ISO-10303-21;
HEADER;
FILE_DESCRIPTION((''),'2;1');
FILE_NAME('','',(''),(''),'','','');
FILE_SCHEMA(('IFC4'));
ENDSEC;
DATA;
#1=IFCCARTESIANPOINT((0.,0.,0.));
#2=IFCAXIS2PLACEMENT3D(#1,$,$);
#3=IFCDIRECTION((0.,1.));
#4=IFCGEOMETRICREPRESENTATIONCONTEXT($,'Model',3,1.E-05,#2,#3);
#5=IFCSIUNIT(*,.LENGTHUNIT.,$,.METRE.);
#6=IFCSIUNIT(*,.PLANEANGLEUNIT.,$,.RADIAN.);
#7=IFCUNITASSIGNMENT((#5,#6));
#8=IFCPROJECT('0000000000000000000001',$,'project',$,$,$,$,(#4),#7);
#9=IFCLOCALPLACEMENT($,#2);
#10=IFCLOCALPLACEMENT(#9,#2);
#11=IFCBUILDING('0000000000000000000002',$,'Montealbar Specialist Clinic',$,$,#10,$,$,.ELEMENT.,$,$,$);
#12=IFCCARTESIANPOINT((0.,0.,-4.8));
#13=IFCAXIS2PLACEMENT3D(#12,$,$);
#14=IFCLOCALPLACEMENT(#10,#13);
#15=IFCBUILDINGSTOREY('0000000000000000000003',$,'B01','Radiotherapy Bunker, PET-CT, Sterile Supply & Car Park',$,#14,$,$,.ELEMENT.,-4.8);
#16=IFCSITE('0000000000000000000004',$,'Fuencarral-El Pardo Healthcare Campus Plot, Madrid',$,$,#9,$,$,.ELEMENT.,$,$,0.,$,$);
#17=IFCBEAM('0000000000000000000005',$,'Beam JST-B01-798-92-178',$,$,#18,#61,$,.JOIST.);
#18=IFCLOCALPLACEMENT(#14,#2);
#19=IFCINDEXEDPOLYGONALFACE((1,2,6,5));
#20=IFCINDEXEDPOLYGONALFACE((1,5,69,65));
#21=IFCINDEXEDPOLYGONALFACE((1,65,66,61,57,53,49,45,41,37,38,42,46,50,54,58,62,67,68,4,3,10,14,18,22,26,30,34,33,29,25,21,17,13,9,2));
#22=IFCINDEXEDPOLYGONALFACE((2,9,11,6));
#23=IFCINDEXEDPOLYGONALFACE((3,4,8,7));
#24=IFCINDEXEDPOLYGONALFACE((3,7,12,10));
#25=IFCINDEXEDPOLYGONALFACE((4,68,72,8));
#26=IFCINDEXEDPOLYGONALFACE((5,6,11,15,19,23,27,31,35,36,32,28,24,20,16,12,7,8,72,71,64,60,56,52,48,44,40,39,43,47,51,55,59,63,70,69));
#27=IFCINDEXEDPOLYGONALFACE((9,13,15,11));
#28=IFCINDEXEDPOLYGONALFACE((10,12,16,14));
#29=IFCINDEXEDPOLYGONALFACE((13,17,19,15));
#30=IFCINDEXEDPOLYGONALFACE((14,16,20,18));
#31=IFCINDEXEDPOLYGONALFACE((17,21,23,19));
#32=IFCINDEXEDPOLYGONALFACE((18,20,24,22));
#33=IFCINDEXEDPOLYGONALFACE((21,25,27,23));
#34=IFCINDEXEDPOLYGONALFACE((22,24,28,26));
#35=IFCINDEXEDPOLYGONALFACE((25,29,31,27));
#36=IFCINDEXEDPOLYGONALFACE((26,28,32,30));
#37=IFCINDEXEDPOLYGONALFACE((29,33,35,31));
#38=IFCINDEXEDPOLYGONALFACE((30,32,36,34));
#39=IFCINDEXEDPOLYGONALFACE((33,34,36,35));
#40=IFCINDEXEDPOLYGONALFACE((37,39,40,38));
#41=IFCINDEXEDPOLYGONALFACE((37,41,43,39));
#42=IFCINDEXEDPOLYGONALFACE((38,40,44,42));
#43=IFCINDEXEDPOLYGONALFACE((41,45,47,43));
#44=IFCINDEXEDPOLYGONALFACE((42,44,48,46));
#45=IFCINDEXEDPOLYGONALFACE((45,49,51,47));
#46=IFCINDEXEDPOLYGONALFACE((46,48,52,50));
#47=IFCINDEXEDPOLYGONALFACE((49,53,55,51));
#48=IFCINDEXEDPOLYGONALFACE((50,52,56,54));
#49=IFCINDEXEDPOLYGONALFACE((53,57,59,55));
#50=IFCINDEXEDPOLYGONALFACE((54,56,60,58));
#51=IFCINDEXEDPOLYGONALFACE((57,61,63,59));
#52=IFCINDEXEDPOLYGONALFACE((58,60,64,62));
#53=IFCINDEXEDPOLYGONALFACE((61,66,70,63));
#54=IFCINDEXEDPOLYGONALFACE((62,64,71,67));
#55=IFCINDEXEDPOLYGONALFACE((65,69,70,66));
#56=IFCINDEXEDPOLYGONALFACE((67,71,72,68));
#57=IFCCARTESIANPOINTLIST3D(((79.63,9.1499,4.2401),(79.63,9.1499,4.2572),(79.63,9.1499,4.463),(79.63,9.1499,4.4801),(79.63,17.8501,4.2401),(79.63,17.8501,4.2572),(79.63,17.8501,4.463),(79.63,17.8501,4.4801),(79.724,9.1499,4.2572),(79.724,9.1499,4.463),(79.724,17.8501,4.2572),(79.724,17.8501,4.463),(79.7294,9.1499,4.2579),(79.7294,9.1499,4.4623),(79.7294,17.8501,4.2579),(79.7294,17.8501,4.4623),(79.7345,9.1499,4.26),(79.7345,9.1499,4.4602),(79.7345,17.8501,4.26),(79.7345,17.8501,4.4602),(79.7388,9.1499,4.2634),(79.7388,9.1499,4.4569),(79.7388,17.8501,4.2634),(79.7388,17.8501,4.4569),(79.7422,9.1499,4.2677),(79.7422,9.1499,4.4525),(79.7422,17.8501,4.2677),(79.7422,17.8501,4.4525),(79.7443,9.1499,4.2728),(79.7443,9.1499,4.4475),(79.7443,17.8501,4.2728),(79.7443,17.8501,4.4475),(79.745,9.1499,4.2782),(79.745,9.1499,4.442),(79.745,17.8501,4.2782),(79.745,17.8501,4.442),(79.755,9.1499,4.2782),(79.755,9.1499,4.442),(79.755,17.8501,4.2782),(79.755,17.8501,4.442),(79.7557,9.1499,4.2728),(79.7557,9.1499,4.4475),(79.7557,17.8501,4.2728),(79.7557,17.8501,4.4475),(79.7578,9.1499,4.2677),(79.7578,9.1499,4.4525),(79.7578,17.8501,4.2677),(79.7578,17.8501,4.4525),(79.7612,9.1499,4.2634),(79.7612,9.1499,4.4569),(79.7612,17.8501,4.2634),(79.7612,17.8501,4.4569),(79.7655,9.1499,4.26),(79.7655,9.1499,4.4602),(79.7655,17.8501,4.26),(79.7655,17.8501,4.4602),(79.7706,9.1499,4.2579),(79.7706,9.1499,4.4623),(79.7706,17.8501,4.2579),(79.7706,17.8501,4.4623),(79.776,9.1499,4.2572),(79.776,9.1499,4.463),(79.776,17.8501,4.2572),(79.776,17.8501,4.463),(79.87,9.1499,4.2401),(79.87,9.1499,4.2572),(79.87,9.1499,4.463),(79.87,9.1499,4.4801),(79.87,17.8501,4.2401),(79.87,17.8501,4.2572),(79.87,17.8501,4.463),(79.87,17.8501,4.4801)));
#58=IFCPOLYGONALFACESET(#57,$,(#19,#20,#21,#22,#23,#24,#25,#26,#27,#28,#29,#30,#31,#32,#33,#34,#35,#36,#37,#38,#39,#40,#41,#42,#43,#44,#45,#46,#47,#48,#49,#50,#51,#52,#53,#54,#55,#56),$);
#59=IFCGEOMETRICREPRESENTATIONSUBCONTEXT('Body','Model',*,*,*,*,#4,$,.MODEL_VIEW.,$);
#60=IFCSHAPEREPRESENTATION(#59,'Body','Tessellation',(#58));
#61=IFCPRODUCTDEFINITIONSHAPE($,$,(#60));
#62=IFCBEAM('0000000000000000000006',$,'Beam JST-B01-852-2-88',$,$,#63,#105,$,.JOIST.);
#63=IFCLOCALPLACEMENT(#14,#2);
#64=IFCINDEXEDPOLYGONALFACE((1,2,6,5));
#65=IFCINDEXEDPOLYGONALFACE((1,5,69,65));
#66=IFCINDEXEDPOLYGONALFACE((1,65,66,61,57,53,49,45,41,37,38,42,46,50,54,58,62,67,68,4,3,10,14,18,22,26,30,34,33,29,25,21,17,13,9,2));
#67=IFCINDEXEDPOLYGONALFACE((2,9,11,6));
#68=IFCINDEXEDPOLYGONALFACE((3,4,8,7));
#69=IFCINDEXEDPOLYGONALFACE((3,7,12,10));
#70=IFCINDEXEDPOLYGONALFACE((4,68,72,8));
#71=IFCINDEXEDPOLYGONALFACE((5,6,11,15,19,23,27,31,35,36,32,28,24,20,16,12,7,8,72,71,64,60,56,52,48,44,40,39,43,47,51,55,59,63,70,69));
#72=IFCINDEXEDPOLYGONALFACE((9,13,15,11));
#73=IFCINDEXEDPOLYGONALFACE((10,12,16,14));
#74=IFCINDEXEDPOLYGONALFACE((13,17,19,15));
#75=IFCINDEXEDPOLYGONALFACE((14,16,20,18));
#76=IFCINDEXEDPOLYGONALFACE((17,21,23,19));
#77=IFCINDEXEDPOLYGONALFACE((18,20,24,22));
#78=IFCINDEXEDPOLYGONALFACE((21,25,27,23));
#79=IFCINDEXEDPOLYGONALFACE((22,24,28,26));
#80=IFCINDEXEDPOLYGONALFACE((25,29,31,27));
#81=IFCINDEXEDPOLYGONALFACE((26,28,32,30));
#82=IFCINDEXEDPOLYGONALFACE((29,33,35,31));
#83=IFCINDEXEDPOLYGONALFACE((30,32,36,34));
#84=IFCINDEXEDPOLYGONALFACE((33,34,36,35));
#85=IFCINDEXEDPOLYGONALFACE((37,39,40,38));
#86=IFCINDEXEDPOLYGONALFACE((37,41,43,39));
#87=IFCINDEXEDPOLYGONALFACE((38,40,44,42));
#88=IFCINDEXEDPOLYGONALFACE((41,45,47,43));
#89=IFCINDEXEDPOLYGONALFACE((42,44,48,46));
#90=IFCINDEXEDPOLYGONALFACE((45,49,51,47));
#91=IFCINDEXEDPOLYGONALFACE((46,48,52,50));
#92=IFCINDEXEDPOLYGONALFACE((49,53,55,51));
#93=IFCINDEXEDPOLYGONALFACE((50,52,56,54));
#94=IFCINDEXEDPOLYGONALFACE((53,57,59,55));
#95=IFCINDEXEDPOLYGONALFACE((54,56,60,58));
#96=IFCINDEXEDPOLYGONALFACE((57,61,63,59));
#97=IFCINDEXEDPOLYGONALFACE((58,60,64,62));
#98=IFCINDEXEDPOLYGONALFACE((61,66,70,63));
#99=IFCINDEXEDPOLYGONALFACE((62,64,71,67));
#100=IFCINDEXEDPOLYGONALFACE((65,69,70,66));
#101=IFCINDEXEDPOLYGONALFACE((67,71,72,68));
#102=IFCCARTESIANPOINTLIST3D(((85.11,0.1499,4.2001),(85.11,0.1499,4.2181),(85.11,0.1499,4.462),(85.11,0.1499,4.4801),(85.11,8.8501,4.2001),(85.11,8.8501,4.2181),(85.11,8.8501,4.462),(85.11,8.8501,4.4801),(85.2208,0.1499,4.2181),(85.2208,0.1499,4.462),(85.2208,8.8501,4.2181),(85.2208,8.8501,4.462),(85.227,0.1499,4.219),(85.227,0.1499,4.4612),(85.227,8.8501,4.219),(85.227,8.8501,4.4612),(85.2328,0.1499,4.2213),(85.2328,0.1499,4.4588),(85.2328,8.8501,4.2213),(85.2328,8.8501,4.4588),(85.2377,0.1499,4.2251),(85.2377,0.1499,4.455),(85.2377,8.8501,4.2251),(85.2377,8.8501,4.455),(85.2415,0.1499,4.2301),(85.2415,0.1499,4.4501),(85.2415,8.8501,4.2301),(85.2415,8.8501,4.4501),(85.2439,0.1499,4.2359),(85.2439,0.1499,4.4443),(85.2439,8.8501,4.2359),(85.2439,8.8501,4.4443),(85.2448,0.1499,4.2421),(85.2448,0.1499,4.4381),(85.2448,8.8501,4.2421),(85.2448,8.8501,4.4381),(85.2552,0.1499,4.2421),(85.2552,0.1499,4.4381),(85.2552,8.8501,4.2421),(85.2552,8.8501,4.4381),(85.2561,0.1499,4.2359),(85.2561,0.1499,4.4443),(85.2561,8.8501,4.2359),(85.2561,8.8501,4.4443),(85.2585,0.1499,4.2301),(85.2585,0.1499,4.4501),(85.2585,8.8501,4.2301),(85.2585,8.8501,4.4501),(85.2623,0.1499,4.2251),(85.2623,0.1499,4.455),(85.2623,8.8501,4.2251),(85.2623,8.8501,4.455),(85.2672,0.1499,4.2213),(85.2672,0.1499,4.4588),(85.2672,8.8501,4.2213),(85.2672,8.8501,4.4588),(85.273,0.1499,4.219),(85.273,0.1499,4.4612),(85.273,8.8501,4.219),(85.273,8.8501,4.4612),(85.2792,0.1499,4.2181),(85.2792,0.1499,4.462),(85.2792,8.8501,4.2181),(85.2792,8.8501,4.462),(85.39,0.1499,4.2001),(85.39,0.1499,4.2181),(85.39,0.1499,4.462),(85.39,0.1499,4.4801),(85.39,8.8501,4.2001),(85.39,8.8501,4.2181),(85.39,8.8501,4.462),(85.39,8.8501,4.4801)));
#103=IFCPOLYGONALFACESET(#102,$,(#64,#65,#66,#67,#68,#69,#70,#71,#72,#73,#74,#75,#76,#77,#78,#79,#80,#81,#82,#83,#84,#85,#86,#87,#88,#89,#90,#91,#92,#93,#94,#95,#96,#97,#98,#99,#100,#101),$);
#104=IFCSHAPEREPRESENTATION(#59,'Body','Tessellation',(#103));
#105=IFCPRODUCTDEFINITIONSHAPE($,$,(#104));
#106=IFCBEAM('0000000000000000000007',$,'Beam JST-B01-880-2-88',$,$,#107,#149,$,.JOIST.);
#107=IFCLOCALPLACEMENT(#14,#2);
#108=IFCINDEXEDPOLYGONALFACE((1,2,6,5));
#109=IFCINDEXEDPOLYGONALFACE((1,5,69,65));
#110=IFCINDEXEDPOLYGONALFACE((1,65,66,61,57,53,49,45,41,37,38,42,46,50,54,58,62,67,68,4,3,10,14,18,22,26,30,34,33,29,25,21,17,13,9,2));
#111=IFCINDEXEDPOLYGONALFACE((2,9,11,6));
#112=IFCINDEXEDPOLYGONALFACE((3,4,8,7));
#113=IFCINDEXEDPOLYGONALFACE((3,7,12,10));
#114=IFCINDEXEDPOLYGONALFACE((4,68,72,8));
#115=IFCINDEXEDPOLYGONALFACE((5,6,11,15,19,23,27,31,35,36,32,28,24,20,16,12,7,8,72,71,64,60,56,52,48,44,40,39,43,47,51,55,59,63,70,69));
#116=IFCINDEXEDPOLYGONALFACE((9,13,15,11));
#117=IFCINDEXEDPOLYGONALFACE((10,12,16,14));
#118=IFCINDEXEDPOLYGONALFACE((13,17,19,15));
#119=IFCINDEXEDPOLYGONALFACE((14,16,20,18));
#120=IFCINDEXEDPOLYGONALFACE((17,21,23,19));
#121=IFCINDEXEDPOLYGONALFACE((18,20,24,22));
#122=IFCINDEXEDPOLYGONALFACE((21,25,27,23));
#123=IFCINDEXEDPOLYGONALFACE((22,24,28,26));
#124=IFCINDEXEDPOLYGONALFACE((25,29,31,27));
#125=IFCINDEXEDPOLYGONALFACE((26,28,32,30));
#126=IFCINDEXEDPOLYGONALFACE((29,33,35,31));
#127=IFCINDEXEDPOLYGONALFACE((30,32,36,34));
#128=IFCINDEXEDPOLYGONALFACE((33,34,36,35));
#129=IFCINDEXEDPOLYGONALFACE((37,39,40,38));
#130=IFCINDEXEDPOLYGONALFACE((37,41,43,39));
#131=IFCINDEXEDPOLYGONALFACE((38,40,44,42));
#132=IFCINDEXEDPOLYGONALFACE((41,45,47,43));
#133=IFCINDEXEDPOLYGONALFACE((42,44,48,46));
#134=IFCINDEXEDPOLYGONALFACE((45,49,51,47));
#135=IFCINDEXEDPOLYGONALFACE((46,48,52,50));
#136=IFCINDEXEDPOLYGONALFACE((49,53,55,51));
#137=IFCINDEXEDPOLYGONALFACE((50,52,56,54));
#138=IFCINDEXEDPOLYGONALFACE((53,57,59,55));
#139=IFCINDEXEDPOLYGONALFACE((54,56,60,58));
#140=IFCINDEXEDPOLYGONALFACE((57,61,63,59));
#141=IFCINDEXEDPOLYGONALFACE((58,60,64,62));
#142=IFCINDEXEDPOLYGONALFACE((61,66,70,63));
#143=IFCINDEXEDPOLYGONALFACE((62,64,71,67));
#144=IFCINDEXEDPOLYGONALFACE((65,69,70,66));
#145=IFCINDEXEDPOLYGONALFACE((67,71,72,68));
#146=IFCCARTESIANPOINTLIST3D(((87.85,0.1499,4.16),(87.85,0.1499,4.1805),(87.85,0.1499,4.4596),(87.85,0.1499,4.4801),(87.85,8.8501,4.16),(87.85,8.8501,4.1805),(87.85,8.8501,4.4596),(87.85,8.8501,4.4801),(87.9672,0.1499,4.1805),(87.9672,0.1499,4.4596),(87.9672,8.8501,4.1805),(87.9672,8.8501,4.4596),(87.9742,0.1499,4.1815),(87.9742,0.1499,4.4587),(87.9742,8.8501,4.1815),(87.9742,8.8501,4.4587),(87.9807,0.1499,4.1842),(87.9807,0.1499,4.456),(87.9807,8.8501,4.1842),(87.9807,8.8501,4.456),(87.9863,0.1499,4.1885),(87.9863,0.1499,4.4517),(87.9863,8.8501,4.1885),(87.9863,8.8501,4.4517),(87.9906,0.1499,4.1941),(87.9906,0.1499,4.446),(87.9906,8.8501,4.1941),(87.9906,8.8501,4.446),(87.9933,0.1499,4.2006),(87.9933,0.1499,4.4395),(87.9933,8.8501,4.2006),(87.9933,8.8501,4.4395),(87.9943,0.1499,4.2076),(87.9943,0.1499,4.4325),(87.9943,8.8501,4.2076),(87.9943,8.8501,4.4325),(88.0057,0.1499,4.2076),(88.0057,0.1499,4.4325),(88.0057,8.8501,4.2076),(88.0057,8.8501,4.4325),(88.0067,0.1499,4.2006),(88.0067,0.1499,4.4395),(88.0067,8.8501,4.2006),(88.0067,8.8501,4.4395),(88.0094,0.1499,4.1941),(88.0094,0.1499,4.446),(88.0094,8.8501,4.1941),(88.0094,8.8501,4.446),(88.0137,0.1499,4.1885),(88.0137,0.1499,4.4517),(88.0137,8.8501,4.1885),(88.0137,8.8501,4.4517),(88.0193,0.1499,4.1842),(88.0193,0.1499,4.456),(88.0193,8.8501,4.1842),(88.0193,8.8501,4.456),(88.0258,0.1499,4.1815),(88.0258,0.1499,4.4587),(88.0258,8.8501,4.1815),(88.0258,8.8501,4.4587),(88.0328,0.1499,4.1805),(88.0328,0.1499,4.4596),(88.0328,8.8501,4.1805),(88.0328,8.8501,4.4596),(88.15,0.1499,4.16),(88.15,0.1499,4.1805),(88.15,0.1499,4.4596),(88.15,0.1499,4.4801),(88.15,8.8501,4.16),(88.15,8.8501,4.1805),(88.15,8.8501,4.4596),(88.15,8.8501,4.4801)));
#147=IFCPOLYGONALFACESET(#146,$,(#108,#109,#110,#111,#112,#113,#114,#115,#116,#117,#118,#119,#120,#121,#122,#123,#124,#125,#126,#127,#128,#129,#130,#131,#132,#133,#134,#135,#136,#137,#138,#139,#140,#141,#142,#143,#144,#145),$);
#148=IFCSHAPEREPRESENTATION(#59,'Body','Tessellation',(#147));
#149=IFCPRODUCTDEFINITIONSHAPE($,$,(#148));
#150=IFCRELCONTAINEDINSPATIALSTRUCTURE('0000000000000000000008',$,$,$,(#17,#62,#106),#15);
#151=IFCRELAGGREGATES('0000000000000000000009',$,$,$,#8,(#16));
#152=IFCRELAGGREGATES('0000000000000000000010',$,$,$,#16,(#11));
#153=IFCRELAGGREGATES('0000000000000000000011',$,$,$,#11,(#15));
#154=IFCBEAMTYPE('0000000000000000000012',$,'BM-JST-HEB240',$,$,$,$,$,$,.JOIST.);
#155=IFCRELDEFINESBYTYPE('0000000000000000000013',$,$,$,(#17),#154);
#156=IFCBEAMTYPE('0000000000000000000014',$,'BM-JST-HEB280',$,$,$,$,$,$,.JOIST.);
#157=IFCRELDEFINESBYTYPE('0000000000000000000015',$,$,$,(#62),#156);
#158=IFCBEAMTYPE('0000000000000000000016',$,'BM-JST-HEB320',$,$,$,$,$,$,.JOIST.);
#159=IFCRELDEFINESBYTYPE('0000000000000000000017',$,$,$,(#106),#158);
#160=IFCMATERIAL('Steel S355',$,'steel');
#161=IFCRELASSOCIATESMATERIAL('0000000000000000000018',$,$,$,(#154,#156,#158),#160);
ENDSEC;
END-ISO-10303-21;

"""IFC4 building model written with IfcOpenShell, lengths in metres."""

from ifc_helpers import new_model, si_unit, direction, frame, origin, origin_2d, place, context, subcontext, project, spatial, i_section, extrude, material, material_profile, profile_set, type_object, element, save


model = new_model("IFC4")

# Units and contexts
model_context = context("Model", 3, precision=1e-05, world=origin(), true_north=direction((0.0, 1.0)))
body_context = subcontext(model_context, "Body", "Model", "MODEL_VIEW")
ifc_project = project(units=[si_unit("LENGTHUNIT", "METRE"), si_unit("PLANEANGLEUNIT", "RADIAN")], contexts=[model_context])

# Site, building, storey
site_placement = place(None, origin())
site = spatial("IfcSite", under=ifc_project, at=site_placement, Name="Fuencarral-El Pardo Healthcare Campus Plot, Madrid", CompositionType="ELEMENT", RefElevation=0.0)
building_placement = place(site_placement, origin())
building = spatial("IfcBuilding", under=site, at=building_placement, Name="Montealbar Specialist Clinic", CompositionType="ELEMENT")
storey_placement = place(building_placement, frame((0.0, 0.0, -4.8)))
storey = spatial("IfcBuildingStorey", under=building, at=storey_placement, Name="B01", Description="Radiotherapy Bunker, PET-CT, Sterile Supply & Car Park", CompositionType="ELEMENT", Elevation=-4.8)

# Shared definitions
ifc_material_1 = material(Name="Steel S355", Category="steel")

# Beams
ifc_material_profile_1 = material_profile(ifc_material_1, i_section(OverallWidth=0.24, OverallDepth=0.24, WebThickness=0.01, FlangeThickness=0.0171, FilletRadius=0.021, at=origin_2d()), Name="HEB 240", Category="steel")
ifc_profile_set_1 = profile_set([ifc_material_profile_1], Name="Steel S355")
beam_type_1 = type_object("IfcBeamType", Name="BM-JST-HEB240", PredefinedType="JOIST", material=ifc_profile_set_1)
beam_1_placement = place(storey_placement, frame((79.75, 9.1499, 4.3601), z_axis=(0.0, 1.0, 0.0), x_axis=(-1.0, 0.0, 0.0)))
element("IfcBeam", 1, at=beam_1_placement, inside=storey, type_object=beam_type_1, Name="Beam JST-B01-798-92-178", PredefinedType="JOIST", context=body_context, shape_type="SweptSolid", body=[
    extrude(i_section(OverallWidth=0.24, OverallDepth=0.24, WebThickness=0.01, FlangeThickness=0.0171, FilletRadius=0.021, at=origin_2d()), origin(), (0.0, 0.0, 1.0), 8.7002),
])
ifc_material_profile_2 = material_profile(ifc_material_1, i_section(OverallWidth=0.28, OverallDepth=0.28, WebThickness=0.0105, FlangeThickness=0.0181, FilletRadius=0.0239, at=origin_2d()), Name="HEB 280", Category="steel")
ifc_profile_set_2 = profile_set([ifc_material_profile_2], Name="Steel S355")
beam_type_2 = type_object("IfcBeamType", Name="BM-JST-HEB280", PredefinedType="JOIST", material=ifc_profile_set_2)
beam_2_placement = place(storey_placement, frame((85.25, 0.1499, 4.3401), z_axis=(0.0, 1.0, 0.0), x_axis=(-1.0, 0.0, 0.0)))
element("IfcBeam", 2, at=beam_2_placement, inside=storey, type_object=beam_type_2, Name="Beam JST-B01-852-2-88", PredefinedType="JOIST", context=body_context, shape_type="SweptSolid", body=[
    extrude(i_section(OverallWidth=0.28, OverallDepth=0.28, WebThickness=0.0105, FlangeThickness=0.0181, FilletRadius=0.0239, at=origin_2d()), origin(), (0.0, 0.0, 1.0), 8.7002),
])
ifc_material_profile_3 = material_profile(ifc_material_1, i_section(OverallWidth=0.3, OverallDepth=0.3201, WebThickness=0.0115, FlangeThickness=0.0205, FilletRadius=0.0271, at=origin_2d()), Name="HEB 320", Category="steel")
ifc_profile_set_3 = profile_set([ifc_material_profile_3], Name="Steel S355")
beam_type_3 = type_object("IfcBeamType", Name="BM-JST-HEB320", PredefinedType="JOIST", material=ifc_profile_set_3)
beam_3_placement = place(storey_placement, frame((88.0, 0.1499, 4.3201), z_axis=(0.0, 1.0, 0.0), x_axis=(-1.0, 0.0, 0.0)))
element("IfcBeam", 3, at=beam_3_placement, inside=storey, type_object=beam_type_3, Name="Beam JST-B01-880-2-88", PredefinedType="JOIST", context=body_context, shape_type="SweptSolid", body=[
    extrude(i_section(OverallWidth=0.3, OverallDepth=0.3201, WebThickness=0.0115, FlangeThickness=0.0205, FilletRadius=0.0271, at=origin_2d()), origin(), (0.0, 0.0, 1.0), 8.7002),
])

save(model, "model.ifc")
